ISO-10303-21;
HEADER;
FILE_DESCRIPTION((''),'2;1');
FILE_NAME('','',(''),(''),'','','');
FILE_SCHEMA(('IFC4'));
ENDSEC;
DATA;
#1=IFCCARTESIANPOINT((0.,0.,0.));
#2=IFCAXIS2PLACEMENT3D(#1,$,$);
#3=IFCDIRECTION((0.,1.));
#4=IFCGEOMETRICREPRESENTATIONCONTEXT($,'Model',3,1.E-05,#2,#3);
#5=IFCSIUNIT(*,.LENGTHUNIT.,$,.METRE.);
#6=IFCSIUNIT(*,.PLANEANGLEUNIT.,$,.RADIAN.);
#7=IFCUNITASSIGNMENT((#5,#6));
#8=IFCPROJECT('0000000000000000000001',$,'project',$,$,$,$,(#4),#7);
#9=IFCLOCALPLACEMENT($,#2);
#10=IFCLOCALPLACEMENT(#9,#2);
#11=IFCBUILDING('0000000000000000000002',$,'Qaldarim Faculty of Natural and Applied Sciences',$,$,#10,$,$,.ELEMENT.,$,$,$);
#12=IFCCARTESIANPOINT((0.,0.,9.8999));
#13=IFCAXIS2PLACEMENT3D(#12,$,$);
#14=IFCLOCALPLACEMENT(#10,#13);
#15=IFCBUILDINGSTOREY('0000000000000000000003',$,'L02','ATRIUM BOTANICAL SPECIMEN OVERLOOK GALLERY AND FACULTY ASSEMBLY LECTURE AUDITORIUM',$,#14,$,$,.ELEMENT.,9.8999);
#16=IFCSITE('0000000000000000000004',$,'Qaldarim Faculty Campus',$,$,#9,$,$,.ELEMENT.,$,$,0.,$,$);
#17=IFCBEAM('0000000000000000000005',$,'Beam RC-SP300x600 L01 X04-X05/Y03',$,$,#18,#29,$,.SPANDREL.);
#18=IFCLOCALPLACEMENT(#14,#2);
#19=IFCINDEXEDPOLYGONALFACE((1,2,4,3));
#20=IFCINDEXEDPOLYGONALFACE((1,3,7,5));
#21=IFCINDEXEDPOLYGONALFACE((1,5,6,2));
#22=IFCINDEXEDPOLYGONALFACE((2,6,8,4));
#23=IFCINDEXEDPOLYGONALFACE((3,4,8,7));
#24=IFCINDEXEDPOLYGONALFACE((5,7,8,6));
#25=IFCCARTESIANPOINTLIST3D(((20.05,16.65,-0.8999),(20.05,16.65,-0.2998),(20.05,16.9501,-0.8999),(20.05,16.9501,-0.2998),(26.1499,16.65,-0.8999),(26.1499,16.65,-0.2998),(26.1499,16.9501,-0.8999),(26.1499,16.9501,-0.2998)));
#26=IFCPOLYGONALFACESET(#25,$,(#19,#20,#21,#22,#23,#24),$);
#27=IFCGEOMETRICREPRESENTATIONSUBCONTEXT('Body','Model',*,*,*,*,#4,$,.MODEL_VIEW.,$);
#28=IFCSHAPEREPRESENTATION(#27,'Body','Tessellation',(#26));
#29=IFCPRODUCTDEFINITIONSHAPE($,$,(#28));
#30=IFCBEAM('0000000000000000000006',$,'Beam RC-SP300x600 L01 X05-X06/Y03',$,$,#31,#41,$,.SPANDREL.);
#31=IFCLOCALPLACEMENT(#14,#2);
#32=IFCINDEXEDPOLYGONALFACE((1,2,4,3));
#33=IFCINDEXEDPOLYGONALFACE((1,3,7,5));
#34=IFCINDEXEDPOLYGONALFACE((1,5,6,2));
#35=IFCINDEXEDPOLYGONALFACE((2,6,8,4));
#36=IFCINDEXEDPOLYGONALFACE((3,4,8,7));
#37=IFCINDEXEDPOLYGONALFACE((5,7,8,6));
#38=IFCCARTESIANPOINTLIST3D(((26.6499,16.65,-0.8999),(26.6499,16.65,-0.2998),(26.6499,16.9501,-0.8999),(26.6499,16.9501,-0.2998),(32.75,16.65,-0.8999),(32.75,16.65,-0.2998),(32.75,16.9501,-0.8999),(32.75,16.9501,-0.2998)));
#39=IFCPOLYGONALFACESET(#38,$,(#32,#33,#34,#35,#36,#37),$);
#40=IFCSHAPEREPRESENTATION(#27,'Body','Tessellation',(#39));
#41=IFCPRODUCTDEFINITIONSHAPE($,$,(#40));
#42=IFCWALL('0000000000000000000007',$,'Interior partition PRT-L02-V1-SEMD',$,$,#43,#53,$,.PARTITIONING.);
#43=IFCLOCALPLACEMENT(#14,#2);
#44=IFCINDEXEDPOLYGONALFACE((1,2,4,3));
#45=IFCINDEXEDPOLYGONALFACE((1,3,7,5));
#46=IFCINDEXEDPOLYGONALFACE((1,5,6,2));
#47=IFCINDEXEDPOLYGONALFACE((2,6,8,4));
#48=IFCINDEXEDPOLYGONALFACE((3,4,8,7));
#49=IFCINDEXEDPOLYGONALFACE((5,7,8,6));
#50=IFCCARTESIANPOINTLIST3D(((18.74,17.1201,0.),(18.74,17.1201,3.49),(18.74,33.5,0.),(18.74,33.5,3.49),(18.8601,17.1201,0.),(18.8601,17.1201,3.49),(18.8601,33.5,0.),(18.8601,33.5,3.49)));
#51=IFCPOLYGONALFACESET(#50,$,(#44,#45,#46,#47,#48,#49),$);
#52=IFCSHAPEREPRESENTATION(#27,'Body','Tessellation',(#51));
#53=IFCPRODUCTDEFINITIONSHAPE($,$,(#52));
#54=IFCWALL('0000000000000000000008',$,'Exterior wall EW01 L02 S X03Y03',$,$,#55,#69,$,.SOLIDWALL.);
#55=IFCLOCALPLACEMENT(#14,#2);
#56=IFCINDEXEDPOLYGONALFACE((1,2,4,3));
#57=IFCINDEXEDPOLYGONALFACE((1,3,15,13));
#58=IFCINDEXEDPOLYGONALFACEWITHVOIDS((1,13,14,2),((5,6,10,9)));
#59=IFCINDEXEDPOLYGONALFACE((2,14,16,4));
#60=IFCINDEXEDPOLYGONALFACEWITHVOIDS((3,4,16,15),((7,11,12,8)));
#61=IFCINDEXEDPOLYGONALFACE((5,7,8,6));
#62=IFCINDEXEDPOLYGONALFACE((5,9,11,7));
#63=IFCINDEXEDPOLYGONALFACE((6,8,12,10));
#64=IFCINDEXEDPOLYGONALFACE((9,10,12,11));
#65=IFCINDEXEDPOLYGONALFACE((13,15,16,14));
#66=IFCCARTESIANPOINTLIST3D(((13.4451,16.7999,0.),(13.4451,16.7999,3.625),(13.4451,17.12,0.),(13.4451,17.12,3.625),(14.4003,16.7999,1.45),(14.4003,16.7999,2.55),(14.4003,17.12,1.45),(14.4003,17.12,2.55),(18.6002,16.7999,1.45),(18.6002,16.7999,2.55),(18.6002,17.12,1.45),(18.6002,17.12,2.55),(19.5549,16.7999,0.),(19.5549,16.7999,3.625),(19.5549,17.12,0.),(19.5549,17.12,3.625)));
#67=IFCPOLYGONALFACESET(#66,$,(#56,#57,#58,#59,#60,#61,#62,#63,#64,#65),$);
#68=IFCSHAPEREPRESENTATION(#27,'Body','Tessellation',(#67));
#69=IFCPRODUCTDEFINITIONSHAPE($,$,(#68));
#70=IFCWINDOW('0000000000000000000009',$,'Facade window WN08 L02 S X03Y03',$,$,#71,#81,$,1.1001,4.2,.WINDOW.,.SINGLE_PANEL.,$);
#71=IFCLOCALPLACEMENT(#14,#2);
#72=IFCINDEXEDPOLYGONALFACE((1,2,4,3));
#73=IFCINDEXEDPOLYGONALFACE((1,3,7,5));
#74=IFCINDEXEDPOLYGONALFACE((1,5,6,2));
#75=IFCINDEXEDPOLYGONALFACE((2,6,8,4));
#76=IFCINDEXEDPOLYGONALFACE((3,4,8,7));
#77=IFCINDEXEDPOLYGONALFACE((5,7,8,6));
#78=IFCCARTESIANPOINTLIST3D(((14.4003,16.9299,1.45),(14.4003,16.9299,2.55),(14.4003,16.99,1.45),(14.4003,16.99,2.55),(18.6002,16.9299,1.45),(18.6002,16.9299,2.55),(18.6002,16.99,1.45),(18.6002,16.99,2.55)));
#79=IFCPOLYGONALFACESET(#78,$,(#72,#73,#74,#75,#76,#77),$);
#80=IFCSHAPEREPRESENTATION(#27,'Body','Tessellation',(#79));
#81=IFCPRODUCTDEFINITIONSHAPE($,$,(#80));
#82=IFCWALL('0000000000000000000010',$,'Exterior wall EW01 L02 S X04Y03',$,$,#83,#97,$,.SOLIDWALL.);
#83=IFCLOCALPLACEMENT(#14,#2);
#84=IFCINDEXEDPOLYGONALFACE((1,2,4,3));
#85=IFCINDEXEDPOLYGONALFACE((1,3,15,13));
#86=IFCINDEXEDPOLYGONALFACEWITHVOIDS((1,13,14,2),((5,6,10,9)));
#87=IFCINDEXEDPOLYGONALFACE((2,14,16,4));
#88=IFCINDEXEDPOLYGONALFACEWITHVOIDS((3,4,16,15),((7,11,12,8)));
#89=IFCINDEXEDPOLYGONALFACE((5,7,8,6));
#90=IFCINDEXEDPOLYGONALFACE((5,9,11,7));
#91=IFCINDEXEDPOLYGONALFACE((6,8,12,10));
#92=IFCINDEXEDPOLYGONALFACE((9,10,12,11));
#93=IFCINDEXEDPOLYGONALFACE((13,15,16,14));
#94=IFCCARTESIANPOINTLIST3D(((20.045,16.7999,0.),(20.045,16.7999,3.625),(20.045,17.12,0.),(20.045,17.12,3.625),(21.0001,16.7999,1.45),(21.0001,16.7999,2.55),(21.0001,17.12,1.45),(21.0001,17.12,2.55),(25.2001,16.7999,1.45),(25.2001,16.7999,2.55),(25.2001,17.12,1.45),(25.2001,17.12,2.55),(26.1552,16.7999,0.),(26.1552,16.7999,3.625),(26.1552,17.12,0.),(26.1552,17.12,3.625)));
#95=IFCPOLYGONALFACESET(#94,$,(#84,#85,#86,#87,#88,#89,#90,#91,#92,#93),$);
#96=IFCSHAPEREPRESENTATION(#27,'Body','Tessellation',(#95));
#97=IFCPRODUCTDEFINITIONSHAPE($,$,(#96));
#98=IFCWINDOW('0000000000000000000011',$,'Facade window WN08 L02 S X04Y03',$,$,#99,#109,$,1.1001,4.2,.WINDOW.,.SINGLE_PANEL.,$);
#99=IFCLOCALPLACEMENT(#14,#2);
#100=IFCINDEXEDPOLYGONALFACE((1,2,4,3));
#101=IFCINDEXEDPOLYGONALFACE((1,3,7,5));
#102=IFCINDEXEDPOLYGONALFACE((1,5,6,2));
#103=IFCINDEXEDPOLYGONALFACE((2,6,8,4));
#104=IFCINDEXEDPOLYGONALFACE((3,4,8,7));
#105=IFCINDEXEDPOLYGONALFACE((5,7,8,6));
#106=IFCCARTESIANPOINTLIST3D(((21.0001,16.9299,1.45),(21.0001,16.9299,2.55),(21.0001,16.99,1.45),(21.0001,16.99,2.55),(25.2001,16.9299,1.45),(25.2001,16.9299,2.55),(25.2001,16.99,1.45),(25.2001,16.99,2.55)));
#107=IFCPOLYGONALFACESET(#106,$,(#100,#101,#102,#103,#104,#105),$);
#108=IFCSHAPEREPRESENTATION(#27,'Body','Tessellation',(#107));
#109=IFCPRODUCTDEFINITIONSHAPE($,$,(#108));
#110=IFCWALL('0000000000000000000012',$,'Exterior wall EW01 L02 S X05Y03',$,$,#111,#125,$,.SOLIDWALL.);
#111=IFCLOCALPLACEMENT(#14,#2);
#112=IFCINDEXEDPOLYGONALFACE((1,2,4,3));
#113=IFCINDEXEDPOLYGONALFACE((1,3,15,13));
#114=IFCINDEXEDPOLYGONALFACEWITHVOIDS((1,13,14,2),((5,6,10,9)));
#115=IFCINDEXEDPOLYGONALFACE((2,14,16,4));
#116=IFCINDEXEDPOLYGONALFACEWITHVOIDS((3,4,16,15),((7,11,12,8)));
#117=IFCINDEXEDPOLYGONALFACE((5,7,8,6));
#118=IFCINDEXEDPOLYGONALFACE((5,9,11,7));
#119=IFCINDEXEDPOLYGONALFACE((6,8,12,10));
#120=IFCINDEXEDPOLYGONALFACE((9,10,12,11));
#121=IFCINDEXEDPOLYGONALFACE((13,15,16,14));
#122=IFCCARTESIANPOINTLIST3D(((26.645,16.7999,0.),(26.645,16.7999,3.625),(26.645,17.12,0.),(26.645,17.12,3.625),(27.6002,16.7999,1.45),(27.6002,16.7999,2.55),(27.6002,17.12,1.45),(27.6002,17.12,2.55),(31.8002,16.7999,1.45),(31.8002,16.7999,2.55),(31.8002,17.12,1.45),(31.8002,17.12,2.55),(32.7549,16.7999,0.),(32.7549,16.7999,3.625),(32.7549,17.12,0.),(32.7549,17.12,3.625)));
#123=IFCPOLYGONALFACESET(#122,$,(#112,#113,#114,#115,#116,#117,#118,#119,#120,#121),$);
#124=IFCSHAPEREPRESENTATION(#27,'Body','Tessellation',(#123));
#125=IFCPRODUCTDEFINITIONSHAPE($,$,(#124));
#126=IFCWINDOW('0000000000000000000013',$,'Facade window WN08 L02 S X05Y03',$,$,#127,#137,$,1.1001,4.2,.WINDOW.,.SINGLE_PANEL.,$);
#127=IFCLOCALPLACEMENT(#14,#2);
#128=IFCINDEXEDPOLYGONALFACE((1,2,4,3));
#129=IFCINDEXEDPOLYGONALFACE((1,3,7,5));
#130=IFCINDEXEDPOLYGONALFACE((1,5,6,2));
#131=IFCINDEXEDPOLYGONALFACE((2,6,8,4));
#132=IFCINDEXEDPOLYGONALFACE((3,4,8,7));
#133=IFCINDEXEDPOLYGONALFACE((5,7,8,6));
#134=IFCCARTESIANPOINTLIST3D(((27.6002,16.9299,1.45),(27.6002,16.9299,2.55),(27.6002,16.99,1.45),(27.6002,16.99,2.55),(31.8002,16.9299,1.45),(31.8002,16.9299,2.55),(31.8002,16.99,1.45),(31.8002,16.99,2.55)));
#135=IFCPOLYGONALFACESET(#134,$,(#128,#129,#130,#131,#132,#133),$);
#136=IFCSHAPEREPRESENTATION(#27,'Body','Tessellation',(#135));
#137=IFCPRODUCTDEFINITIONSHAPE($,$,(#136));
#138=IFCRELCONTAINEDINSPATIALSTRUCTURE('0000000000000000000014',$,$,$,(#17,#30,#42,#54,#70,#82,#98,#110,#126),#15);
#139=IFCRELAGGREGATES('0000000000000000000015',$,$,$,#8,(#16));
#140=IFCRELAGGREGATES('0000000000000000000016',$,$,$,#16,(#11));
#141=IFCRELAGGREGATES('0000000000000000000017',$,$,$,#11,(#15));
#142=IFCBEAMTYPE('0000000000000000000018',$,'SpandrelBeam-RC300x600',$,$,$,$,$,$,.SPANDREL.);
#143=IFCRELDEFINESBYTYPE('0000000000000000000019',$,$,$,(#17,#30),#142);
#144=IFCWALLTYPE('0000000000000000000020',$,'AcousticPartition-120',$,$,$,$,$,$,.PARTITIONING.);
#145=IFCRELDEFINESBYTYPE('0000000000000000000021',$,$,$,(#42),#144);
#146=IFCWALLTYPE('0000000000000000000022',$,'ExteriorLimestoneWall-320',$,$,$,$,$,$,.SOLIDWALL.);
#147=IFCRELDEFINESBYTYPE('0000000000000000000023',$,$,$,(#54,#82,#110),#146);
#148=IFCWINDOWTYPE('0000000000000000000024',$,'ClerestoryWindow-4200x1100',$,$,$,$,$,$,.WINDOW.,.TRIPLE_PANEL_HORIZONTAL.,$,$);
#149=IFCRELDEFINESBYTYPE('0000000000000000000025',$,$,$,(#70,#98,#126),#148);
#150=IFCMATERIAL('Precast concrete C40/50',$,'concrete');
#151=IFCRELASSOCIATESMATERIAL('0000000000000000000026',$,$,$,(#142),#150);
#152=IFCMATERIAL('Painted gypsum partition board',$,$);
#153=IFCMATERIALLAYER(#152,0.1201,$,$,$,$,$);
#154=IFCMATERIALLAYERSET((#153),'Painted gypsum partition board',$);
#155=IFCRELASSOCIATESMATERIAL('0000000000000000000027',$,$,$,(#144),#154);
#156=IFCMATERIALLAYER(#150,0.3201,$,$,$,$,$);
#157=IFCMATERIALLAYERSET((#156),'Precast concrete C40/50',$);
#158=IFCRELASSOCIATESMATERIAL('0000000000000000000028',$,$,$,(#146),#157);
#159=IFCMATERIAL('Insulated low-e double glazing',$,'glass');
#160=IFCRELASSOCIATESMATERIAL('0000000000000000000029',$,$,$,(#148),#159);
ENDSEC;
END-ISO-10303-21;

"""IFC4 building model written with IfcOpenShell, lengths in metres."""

from ifc_helpers import new_model, si_unit, direction, frame, frame_2d, origin, origin_2d, place, context, subcontext, project, spatial, rectangle, extrude, material, layer, layer_set, material_profile, profile_set, type_object, element, fill, save


model = new_model("IFC4")

# Units and contexts
model_context = context("Model", 3, precision=1e-05, world=origin(), true_north=direction((0.0, 1.0)))
body_context = subcontext(model_context, "Body", "Model", "MODEL_VIEW")
ifc_project = project(units=[si_unit("LENGTHUNIT", "METRE"), si_unit("PLANEANGLEUNIT", "RADIAN")], contexts=[model_context])

# Site, building, storey
site_placement = place(None, origin())
site = spatial("IfcSite", under=ifc_project, at=site_placement, Name="Qaldarim Faculty Campus", CompositionType="ELEMENT", RefElevation=0.0)
building_placement = place(site_placement, origin())
building = spatial("IfcBuilding", under=site, at=building_placement, Name="Qaldarim Faculty of Natural and Applied Sciences", CompositionType="ELEMENT")
storey_placement = place(building_placement, frame((0.0, 0.0, 9.8999)))
storey = spatial("IfcBuildingStorey", under=building, at=storey_placement, Name="L02", Description="ATRIUM BOTANICAL SPECIMEN OVERLOOK GALLERY AND FACULTY ASSEMBLY LECTURE AUDITORIUM", CompositionType="ELEMENT", Elevation=9.8999)

# Beams
ifc_material_1 = material(Name="Precast concrete C40/50", Category="concrete")
ifc_material_profile_1 = material_profile(ifc_material_1, rectangle(XDim=0.3, YDim=0.6001, at=origin_2d()), Name="RC-SP300x600")
ifc_profile_set_1 = profile_set([ifc_material_profile_1], Name="Precast concrete C40/50")
beam_type_1 = type_object("IfcBeamType", Name="SpandrelBeam-RC300x600", PredefinedType="SPANDREL", material=ifc_profile_set_1)
beam_1_placement = place(storey_placement, frame((20.05, 16.8, -0.5999), z_axis=(1.0, 0.0, 0.0), x_axis=(0.0, 1.0, 0.0)))
element("IfcBeam", 1, at=beam_1_placement, inside=storey, type_object=beam_type_1, Name="Beam RC-SP300x600 L01 X04-X05/Y03", PredefinedType="SPANDREL", context=body_context, shape_type="SweptSolid", body=[
    extrude(rectangle(XDim=0.3, YDim=0.6001, at=origin_2d()), origin(), (0.0, 0.0, 1.0), 6.0999),
])
beam_2_placement = place(storey_placement, frame((26.6499, 16.8, -0.5999), z_axis=(1.0, 0.0, 0.0), x_axis=(0.0, 1.0, 0.0)))
element("IfcBeam", 2, at=beam_2_placement, inside=storey, type_object=beam_type_1, Name="Beam RC-SP300x600 L01 X05-X06/Y03", PredefinedType="SPANDREL", context=body_context, shape_type="SweptSolid", body=[
    extrude(rectangle(XDim=0.3, YDim=0.6001, at=origin_2d()), origin(), (0.0, 0.0, 1.0), 6.1001),
])

# Wall
ifc_material_2 = material(Name="Painted gypsum partition board")
ifc_layer_1 = layer(ifc_material_2, 0.1201)
ifc_layer_set_1 = layer_set([ifc_layer_1], Name="Painted gypsum partition board")
wall_type_1 = type_object("IfcWallType", Name="AcousticPartition-120", PredefinedType="PARTITIONING", material=ifc_layer_set_1)
wall_1_placement = place(storey_placement, frame((18.8, 17.1201, 0.0), z_axis=(0.0, 0.0, 1.0), x_axis=(0.0, 1.0, 0.0)))
element("IfcWall", 3, at=wall_1_placement, inside=storey, type_object=wall_type_1, Name="Interior partition PRT-L02-V1-SEMD", PredefinedType="PARTITIONING", context=body_context, shape_type="SweptSolid", body=[
    extrude(rectangle(XDim=16.3799, YDim=0.1201, at=frame_2d((8.1899, 0.0))), origin(), (0.0, 0.0, 1.0), 3.49),
])

# Walls, openings, windows
ifc_layer_2 = layer(ifc_material_1, 0.3201)
ifc_layer_set_2 = layer_set([ifc_layer_2], Name="Precast concrete C40/50")
wall_type_2 = type_object("IfcWallType", Name="ExteriorLimestoneWall-320", PredefinedType="SOLIDWALL", material=ifc_layer_set_2)
wall_2_placement = place(storey_placement, frame((13.4451, 16.96, 0.0), z_axis=(0.0, 0.0, 1.0), x_axis=(1.0, 0.0, 0.0)))
wall_2 = element("IfcWall", 4, at=wall_2_placement, inside=storey, type_object=wall_type_2, Name="Exterior wall EW01 L02 S X03Y03", PredefinedType="SOLIDWALL", context=body_context, shape_type="SweptSolid", body=[
    extrude(rectangle(XDim=6.1099, YDim=0.3201, at=frame_2d((3.0549, 0.0))), origin(), (0.0, 0.0, 1.0), 3.625),
])
opening_1_placement = place(wall_2_placement, frame((0.9551, 0.0, 1.45)))
opening_1 = element("IfcOpeningElement", 5, at=opening_1_placement, cuts=wall_2, PredefinedType="OPENING", context=body_context, shape_type="SweptSolid", body=[
    extrude(rectangle(XDim=4.2, YDim=1.1001, at=frame_2d((2.1001, 0.55))), frame((0.0, 0.1699, 0.0), z_axis=(0.0, -1.0, 0.0), x_axis=(1.0, 0.0, 0.0)), (0.0, 0.0, 1.0), 0.3401),
])
ifc_material_3 = material(Name="Insulated low-e double glazing", Category="glass")
window_type = type_object("IfcWindowType", Name="ClerestoryWindow-4200x1100", PartitioningType="TRIPLE_PANEL_HORIZONTAL", PredefinedType="WINDOW", material=ifc_material_3)
window_1_placement = place(opening_1_placement, origin())
window_1 = element("IfcWindow", 6, at=window_1_placement, inside=storey, type_object=window_type, Name="Facade window WN08 L02 S X03Y03", OverallHeight=1.1001, OverallWidth=4.2, PartitioningType="SINGLE_PANEL", PredefinedType="WINDOW", context=body_context, shape_type="SweptSolid", body=[
    extrude(rectangle(XDim=4.2, YDim=1.1001, at=frame_2d((2.1001, 0.55))), frame((0.0, 0.03, 0.0), z_axis=(0.0, -1.0, 0.0), x_axis=(1.0, 0.0, 0.0)), (0.0, 0.0, 1.0), 0.0601),
])
fill(opening_1, window_1)
wall_3_placement = place(storey_placement, frame((20.0449, 16.96, 0.0), z_axis=(0.0, 0.0, 1.0), x_axis=(1.0, 0.0, 0.0)))
wall_3 = element("IfcWall", 7, at=wall_3_placement, inside=storey, type_object=wall_type_2, Name="Exterior wall EW01 L02 S X04Y03", PredefinedType="SOLIDWALL", context=body_context, shape_type="SweptSolid", body=[
    extrude(rectangle(XDim=6.1101, YDim=0.3201, at=frame_2d((3.0552, 0.0))), origin(), (0.0, 0.0, 1.0), 3.625),
])
opening_2_placement = place(wall_3_placement, frame((0.9551, 0.0, 1.45)))
opening_2 = element("IfcOpeningElement", 8, at=opening_2_placement, cuts=wall_3, PredefinedType="OPENING", context=body_context, shape_type="SweptSolid", body=[
    extrude(rectangle(XDim=4.2, YDim=1.1001, at=frame_2d((2.1001, 0.55))), frame((0.0, 0.1699, 0.0), z_axis=(0.0, -1.0, 0.0), x_axis=(1.0, 0.0, 0.0)), (0.0, 0.0, 1.0), 0.3401),
])
window_2_placement = place(opening_2_placement, origin())
window_2 = element("IfcWindow", 9, at=window_2_placement, inside=storey, type_object=window_type, Name="Facade window WN08 L02 S X04Y03", OverallHeight=1.1001, OverallWidth=4.2, PartitioningType="SINGLE_PANEL", PredefinedType="WINDOW", context=body_context, shape_type="SweptSolid", body=[
    extrude(rectangle(XDim=4.2, YDim=1.1001, at=frame_2d((2.1001, 0.55))), frame((0.0, 0.03, 0.0), z_axis=(0.0, -1.0, 0.0), x_axis=(1.0, 0.0, 0.0)), (0.0, 0.0, 1.0), 0.0601),
])
fill(opening_2, window_2)
wall_4_placement = place(storey_placement, frame((26.645, 16.96, 0.0), z_axis=(0.0, 0.0, 1.0), x_axis=(1.0, 0.0, 0.0)))
wall_4 = element("IfcWall", 10, at=wall_4_placement, inside=storey, type_object=wall_type_2, Name="Exterior wall EW01 L02 S X05Y03", PredefinedType="SOLIDWALL", context=body_context, shape_type="SweptSolid", body=[
    extrude(rectangle(XDim=6.1099, YDim=0.3201, at=frame_2d((3.0549, 0.0))), origin(), (0.0, 0.0, 1.0), 3.625),
])
opening_3_placement = place(wall_4_placement, frame((0.9551, 0.0, 1.45)))
opening_3 = element("IfcOpeningElement", 11, at=opening_3_placement, cuts=wall_4, PredefinedType="OPENING", context=body_context, shape_type="SweptSolid", body=[
    extrude(rectangle(XDim=4.2, YDim=1.1001, at=frame_2d((2.1001, 0.55))), frame((0.0, 0.1699, 0.0), z_axis=(0.0, -1.0, 0.0), x_axis=(1.0, 0.0, 0.0)), (0.0, 0.0, 1.0), 0.3401),
])
window_3_placement = place(opening_3_placement, origin())
window_3 = element("IfcWindow", 12, at=window_3_placement, inside=storey, type_object=window_type, Name="Facade window WN08 L02 S X05Y03", OverallHeight=1.1001, OverallWidth=4.2, PartitioningType="SINGLE_PANEL", PredefinedType="WINDOW", context=body_context, shape_type="SweptSolid", body=[
    extrude(rectangle(XDim=4.2, YDim=1.1001, at=frame_2d((2.1001, 0.55))), frame((0.0, 0.03, 0.0), z_axis=(0.0, -1.0, 0.0), x_axis=(1.0, 0.0, 0.0)), (0.0, 0.0, 1.0), 0.0601),
])
fill(opening_3, window_3)

save(model, "model.ifc")
